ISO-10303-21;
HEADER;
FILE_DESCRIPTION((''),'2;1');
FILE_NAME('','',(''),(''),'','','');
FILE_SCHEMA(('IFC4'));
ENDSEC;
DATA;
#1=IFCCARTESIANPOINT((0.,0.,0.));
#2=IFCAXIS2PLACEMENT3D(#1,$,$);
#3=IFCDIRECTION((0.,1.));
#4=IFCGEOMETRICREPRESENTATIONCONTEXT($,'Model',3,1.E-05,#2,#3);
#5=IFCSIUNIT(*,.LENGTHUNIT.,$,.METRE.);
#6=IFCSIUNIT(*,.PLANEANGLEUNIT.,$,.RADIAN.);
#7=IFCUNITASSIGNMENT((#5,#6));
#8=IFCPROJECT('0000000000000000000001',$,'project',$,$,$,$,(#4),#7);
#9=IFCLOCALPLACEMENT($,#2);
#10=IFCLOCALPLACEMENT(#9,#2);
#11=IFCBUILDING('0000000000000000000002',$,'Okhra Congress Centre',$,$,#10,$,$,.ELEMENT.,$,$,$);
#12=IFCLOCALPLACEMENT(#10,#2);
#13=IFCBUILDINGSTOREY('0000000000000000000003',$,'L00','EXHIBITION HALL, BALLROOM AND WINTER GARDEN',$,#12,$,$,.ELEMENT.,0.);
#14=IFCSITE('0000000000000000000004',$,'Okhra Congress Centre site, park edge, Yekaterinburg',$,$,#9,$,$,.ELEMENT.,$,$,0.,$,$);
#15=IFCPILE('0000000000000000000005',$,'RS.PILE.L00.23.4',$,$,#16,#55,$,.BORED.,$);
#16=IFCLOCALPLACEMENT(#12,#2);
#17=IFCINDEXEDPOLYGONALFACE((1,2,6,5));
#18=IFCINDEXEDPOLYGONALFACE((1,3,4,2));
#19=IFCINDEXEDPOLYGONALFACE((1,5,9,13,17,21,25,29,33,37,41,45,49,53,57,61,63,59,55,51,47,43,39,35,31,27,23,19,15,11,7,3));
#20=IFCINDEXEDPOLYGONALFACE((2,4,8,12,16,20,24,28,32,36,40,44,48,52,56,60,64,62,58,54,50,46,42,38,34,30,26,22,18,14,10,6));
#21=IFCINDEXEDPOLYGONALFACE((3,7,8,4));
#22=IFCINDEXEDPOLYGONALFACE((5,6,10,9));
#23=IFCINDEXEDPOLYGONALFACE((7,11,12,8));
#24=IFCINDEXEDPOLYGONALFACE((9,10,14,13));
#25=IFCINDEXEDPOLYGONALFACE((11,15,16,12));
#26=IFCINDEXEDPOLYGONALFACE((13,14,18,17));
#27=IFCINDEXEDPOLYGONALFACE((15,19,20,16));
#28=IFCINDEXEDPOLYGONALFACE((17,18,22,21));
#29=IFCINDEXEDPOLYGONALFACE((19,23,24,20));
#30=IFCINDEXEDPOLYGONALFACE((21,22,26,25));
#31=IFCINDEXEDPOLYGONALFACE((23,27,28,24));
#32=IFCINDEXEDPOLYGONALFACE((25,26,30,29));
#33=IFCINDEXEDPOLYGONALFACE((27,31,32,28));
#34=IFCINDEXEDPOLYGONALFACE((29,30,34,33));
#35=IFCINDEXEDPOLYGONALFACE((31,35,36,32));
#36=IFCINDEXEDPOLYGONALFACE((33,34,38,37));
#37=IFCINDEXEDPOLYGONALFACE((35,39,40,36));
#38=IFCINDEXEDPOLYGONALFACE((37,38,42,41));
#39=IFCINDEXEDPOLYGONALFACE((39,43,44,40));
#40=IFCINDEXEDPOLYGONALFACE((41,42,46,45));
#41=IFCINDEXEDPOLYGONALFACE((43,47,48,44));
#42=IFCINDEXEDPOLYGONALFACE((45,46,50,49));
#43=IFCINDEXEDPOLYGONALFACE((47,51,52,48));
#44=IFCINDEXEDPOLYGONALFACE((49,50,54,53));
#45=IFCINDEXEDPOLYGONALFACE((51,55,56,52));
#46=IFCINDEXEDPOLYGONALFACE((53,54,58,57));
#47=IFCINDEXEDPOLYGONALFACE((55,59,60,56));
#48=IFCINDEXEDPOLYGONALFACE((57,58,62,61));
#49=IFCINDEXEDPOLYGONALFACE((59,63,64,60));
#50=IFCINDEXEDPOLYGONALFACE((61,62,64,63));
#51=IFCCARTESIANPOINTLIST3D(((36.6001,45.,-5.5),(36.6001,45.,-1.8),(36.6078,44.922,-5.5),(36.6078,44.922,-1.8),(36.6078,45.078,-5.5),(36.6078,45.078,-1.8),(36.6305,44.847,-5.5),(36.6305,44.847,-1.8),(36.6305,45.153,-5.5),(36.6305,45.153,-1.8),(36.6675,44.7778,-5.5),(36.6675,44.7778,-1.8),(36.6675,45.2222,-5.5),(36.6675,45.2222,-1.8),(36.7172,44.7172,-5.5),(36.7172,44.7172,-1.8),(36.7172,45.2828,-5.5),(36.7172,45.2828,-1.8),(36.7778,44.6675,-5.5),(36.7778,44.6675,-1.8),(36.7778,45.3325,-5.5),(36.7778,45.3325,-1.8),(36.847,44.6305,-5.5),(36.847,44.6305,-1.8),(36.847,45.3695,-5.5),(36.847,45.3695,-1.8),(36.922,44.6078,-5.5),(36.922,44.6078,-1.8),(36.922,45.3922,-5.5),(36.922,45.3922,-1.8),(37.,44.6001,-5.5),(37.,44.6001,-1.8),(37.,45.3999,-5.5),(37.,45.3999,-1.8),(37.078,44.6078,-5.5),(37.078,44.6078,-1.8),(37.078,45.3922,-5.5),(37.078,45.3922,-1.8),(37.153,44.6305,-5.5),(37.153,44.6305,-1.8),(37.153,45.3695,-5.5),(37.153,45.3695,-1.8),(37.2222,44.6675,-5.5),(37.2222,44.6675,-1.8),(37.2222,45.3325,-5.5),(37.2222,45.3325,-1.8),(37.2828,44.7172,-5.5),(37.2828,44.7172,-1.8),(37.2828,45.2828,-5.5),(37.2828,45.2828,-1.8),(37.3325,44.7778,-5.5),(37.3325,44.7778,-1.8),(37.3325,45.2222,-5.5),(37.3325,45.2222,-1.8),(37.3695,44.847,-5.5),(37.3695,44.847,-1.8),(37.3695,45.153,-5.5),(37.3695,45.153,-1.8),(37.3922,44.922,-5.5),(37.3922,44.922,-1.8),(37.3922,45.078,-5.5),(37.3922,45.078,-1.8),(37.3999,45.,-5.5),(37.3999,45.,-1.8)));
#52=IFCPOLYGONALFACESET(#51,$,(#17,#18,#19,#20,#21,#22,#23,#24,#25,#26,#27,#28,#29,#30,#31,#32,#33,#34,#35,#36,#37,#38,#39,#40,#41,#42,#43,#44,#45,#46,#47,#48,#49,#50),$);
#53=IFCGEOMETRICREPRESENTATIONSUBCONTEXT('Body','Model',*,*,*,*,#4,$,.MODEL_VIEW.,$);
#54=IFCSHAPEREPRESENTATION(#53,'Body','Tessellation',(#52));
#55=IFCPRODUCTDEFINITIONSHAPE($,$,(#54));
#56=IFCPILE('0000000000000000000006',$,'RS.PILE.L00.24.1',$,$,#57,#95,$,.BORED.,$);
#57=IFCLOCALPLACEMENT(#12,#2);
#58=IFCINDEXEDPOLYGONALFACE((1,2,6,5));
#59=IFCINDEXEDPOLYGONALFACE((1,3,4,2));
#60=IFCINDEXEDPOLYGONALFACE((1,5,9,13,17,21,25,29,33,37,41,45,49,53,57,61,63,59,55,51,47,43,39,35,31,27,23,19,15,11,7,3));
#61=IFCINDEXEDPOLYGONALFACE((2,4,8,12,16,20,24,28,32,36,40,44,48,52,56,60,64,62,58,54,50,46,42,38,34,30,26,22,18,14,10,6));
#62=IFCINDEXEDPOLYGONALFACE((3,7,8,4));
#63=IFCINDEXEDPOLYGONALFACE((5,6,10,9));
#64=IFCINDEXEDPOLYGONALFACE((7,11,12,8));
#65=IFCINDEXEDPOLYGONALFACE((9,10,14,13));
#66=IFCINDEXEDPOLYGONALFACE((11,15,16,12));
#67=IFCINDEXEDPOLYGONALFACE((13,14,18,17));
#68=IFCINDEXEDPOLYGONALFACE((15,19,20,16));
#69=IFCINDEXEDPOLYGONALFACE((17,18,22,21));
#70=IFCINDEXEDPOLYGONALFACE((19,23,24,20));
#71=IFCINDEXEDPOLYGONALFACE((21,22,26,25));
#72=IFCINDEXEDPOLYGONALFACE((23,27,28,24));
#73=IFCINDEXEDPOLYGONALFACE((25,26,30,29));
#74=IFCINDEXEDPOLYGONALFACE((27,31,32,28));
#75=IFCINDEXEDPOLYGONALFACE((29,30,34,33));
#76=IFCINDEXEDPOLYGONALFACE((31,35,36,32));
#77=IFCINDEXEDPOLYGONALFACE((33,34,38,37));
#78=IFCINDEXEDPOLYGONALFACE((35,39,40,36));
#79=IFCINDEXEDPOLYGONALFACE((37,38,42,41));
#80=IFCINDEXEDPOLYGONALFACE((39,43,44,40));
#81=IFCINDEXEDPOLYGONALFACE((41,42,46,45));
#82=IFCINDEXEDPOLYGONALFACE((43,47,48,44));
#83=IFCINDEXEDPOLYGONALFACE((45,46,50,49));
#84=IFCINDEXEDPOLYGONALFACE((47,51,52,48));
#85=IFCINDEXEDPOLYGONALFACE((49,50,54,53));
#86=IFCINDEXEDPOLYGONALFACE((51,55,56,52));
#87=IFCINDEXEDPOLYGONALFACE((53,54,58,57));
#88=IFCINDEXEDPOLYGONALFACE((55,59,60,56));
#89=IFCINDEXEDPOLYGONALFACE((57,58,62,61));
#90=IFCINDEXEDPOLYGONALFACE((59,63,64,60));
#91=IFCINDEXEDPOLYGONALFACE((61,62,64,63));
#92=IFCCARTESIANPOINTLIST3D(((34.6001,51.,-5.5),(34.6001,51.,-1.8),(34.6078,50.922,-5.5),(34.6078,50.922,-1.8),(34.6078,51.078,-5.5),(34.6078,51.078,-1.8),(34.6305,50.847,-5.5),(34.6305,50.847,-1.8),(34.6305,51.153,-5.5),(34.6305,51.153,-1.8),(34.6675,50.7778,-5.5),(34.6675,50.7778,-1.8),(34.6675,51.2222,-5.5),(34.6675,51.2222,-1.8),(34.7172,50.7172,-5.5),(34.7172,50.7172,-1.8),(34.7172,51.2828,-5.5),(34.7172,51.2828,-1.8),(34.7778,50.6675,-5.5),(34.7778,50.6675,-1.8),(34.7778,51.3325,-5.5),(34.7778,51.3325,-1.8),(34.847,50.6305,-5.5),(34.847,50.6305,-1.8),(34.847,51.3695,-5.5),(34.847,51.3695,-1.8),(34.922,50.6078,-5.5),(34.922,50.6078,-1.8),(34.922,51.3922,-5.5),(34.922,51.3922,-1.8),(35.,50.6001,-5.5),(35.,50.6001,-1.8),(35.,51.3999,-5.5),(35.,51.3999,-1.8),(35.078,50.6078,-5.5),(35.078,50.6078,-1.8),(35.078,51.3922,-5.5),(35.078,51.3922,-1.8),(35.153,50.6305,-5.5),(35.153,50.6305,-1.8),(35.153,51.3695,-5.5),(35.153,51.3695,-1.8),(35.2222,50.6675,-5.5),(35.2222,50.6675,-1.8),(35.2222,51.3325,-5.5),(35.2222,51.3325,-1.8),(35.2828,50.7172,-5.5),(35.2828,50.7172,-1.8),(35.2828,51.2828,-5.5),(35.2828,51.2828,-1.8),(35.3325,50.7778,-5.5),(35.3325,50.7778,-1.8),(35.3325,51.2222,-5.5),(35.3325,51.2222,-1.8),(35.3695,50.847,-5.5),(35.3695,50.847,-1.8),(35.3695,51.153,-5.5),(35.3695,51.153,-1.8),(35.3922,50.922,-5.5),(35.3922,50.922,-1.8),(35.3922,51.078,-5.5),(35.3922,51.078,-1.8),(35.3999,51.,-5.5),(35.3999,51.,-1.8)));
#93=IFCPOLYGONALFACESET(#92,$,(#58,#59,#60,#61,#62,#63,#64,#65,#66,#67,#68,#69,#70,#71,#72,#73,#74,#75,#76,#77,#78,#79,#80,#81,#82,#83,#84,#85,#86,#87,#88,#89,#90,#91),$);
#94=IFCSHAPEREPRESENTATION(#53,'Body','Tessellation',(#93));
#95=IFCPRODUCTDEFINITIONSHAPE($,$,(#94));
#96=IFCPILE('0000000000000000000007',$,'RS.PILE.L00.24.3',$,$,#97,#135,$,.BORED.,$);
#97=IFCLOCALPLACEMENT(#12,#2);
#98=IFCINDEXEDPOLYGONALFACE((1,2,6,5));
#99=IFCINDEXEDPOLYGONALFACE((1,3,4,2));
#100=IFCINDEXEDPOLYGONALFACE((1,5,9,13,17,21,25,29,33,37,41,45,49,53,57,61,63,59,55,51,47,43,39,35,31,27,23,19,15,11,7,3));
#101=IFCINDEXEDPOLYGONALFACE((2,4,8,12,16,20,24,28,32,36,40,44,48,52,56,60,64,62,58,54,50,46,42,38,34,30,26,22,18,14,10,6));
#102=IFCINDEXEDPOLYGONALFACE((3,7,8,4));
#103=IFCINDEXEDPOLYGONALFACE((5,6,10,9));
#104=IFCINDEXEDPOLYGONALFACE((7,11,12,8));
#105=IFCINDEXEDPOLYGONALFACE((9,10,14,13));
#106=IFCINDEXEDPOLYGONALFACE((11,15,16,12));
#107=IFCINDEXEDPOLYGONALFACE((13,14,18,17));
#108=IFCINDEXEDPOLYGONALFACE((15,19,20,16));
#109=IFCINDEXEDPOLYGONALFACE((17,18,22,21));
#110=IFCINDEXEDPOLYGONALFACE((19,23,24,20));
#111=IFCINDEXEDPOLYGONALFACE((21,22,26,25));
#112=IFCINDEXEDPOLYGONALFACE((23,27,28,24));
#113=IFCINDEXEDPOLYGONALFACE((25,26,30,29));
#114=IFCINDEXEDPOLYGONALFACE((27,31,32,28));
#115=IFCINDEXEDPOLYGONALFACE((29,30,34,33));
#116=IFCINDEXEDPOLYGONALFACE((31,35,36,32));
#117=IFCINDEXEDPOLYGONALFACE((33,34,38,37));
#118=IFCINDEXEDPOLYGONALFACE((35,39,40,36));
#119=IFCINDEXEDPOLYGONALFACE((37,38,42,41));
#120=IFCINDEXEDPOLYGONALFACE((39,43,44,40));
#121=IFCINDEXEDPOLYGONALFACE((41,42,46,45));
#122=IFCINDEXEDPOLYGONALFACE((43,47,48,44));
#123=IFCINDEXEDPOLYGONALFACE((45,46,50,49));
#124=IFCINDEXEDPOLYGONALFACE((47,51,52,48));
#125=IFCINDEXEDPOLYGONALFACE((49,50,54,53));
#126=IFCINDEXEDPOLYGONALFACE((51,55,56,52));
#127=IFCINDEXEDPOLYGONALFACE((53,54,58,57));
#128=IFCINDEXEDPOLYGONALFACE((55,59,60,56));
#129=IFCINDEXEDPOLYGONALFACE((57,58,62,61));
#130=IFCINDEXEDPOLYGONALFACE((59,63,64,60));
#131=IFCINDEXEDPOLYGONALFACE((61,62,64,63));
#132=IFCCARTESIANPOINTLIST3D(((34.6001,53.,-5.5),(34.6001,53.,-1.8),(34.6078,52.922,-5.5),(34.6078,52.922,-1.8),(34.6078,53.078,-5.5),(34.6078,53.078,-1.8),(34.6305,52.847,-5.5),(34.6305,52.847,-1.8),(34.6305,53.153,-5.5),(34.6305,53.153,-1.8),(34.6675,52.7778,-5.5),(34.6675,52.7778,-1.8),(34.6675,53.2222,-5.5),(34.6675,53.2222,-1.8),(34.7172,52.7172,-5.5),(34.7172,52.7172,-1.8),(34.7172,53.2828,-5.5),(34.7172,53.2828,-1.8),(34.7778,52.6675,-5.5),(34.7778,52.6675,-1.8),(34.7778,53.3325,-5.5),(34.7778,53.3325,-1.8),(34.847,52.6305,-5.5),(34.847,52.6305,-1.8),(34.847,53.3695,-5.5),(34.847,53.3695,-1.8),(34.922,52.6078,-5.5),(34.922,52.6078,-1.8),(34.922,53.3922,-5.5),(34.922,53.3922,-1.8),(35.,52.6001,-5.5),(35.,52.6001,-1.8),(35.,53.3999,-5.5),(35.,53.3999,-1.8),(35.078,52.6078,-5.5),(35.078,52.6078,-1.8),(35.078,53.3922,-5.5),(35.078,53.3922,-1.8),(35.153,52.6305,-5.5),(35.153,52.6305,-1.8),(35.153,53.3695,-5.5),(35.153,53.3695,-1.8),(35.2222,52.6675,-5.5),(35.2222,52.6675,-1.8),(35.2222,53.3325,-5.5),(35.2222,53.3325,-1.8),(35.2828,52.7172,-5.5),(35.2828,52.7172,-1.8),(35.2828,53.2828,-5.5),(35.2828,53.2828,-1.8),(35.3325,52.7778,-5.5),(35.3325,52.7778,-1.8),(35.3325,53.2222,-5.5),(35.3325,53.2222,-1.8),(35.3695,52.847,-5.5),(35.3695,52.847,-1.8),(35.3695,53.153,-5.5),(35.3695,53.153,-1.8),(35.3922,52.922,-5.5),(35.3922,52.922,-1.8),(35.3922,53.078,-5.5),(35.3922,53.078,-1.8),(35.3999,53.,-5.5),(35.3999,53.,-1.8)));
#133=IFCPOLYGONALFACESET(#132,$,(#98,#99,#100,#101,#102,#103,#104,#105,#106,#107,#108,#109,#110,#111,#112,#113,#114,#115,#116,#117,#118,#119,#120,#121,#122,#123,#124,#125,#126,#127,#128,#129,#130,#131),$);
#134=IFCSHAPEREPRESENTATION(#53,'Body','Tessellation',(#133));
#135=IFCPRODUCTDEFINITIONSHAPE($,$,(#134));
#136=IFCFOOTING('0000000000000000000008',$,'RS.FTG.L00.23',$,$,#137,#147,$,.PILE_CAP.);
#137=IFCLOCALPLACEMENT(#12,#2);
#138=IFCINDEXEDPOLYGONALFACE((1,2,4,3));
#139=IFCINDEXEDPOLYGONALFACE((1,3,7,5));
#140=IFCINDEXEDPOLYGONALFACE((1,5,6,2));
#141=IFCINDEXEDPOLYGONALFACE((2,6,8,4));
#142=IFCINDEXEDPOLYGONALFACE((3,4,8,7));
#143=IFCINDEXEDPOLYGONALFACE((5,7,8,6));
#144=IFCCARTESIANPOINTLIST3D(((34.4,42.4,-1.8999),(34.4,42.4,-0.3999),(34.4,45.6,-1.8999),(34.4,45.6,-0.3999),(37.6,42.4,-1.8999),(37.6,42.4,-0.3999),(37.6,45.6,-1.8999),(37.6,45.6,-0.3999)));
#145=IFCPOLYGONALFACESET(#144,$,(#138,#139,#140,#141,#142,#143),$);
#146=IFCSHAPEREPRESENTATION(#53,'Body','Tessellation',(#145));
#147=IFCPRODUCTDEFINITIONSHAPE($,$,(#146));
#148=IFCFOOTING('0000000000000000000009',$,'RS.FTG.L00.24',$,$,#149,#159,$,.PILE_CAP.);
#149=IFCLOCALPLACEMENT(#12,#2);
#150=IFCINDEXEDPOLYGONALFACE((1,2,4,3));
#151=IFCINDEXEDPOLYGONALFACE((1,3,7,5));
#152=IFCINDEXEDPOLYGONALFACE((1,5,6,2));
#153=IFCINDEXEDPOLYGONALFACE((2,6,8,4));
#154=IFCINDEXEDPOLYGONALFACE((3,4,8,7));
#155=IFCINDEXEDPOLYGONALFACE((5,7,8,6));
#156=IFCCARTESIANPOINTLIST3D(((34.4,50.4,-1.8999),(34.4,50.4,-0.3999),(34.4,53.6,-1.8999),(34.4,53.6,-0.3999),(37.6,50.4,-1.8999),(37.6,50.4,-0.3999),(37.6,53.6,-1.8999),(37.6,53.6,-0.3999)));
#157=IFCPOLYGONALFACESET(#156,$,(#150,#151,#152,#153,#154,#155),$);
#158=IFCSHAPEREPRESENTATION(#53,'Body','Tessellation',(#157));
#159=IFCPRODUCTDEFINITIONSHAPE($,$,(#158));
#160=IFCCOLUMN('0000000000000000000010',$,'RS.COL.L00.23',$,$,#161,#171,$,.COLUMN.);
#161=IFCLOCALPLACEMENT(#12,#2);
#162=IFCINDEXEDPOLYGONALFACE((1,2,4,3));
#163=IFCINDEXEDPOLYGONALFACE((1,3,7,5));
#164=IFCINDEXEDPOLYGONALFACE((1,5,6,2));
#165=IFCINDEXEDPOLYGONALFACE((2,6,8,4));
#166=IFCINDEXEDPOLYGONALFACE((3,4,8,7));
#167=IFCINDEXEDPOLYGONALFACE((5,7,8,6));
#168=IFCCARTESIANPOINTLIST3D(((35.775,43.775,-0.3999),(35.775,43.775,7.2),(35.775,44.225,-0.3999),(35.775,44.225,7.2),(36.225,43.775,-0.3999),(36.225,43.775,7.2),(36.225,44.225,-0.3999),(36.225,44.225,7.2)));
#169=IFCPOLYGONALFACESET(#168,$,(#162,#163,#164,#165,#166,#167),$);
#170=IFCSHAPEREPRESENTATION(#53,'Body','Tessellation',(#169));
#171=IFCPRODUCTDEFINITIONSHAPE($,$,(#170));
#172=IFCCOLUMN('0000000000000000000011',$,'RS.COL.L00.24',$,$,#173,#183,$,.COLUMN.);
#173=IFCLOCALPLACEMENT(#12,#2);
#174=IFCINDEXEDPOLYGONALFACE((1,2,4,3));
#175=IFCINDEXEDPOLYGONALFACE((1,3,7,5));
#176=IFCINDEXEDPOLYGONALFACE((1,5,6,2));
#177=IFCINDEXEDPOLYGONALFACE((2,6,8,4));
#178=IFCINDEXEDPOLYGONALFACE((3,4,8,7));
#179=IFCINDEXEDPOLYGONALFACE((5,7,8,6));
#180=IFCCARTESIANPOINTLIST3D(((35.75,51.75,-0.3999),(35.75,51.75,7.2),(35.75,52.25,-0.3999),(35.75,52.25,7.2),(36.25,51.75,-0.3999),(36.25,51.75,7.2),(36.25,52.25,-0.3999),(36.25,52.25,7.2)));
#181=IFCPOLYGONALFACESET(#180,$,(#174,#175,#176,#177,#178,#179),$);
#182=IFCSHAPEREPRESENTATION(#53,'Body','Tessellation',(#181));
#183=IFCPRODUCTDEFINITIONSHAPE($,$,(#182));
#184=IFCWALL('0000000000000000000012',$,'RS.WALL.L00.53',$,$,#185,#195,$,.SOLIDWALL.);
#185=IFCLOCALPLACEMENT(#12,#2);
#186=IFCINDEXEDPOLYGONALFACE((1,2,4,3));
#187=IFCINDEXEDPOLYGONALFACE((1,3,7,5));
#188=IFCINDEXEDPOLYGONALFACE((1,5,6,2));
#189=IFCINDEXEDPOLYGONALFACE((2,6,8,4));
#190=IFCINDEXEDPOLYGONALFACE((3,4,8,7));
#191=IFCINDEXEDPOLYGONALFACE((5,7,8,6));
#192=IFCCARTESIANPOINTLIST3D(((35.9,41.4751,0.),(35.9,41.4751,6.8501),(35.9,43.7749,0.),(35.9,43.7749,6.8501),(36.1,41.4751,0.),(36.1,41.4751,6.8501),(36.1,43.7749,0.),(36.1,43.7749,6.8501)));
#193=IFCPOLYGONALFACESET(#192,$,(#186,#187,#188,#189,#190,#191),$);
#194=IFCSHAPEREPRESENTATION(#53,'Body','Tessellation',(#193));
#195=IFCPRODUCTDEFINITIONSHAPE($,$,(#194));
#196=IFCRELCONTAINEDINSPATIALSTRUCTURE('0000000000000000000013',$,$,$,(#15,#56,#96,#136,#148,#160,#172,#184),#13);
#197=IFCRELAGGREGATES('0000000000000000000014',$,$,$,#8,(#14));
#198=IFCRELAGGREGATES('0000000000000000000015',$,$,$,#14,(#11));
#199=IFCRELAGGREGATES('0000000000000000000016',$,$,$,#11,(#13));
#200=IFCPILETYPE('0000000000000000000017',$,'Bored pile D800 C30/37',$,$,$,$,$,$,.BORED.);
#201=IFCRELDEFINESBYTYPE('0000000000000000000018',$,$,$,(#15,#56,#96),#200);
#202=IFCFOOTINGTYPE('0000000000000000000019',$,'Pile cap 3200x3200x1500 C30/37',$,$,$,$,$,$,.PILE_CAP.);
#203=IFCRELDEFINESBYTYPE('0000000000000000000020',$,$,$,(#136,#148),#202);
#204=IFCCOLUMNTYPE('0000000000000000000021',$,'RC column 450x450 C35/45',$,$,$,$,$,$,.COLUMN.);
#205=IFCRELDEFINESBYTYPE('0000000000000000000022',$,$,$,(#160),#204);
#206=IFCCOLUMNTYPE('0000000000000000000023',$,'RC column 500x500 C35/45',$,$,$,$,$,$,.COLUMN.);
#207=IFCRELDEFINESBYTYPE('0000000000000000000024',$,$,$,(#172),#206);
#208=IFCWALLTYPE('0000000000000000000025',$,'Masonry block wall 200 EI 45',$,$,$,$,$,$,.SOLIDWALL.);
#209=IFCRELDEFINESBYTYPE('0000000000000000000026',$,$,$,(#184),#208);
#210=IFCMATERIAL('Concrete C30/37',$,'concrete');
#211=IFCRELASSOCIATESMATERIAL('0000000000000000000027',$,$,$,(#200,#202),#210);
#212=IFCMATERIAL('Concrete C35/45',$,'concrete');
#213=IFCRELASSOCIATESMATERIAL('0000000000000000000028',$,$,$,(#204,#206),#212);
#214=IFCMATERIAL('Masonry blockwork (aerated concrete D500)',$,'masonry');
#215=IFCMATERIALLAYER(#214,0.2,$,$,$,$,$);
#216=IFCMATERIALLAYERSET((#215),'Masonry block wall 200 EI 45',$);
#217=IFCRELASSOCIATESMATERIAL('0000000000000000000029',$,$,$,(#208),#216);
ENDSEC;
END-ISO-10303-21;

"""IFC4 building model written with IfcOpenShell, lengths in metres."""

from ifc_helpers import new_model, si_unit, direction, frame, frame_2d, origin, origin_2d, place, context, subcontext, project, spatial, rectangle, circle, extrude, material, layer, layer_set, material_profile, profile_set, type_object, element, save


model = new_model("IFC4")

# Units and contexts
model_context = context("Model", 3, precision=1e-05, world=origin(), true_north=direction((0.0, 1.0)))
body_context = subcontext(model_context, "Body", "Model", "MODEL_VIEW")
ifc_project = project(units=[si_unit("LENGTHUNIT", "METRE"), si_unit("PLANEANGLEUNIT", "RADIAN")], contexts=[model_context])

# Site, building, storey
site_placement = place(None, origin())
site = spatial("IfcSite", under=ifc_project, at=site_placement, Name="Okhra Congress Centre site, park edge, Yekaterinburg", CompositionType="ELEMENT", RefElevation=0.0)
building_placement = place(site_placement, origin())
building = spatial("IfcBuilding", under=site, at=building_placement, Name="Okhra Congress Centre", CompositionType="ELEMENT")
storey_placement = place(building_placement, origin())
storey = spatial("IfcBuildingStorey", under=building, at=storey_placement, Name="L00", Description="EXHIBITION HALL, BALLROOM AND WINTER GARDEN", CompositionType="ELEMENT", Elevation=0.0)

# Piles
ifc_material_1 = material(Name="Concrete C30/37", Category="concrete")
ifc_material_profile_1 = material_profile(ifc_material_1, circle(Radius=0.3999, at=origin_2d()), Name="D800")
ifc_profile_set_1 = profile_set([ifc_material_profile_1], Name="Concrete C30/37")
pile_type = type_object("IfcPileType", Name="Bored pile D800 C30/37", PredefinedType="BORED", material=ifc_profile_set_1)
for number, where, z_axis, x_axis, name in (
    (1, (37.0, 45.0, -1.8), (0.0, 0.0, -1.0), (1.0, 0.0, 0.0), "RS.PILE.L00.23.4"),
    (2, (35.0, 51.0, -1.8), (0.0, 0.0, -1.0), (1.0, 0.0, 0.0), "RS.PILE.L00.24.1"),
    (3, (35.0, 53.0, -1.8), (0.0, 0.0, -1.0), (1.0, 0.0, 0.0), "RS.PILE.L00.24.3"),
):
    element("IfcPile", number, at=place(storey_placement, frame(where, z_axis=z_axis, x_axis=x_axis)), inside=storey, type_object=pile_type, Name=name, PredefinedType="BORED", context=body_context, shape_type="SweptSolid", body=[
        extrude(circle(Radius=0.3999, at=origin_2d()), origin(), (0.0, 0.0, 1.0), 3.7),
    ])

# Footings
footing_type = type_object("IfcFootingType", Name="Pile cap 3200x3200x1500 C30/37", PredefinedType="PILE_CAP", material=ifc_material_1)
for number, where, z_axis, x_axis, name in (
    (4, (36.0, 44.0, -1.8999), (0.0, 0.0, 1.0), (1.0, 0.0, 0.0), "RS.FTG.L00.23"),
    (5, (36.0, 52.0, -1.8999), (0.0, 0.0, 1.0), (1.0, 0.0, 0.0), "RS.FTG.L00.24"),
):
    element("IfcFooting", number, at=place(storey_placement, frame(where, z_axis=z_axis, x_axis=x_axis)), inside=storey, type_object=footing_type, Name=name, PredefinedType="PILE_CAP", context=body_context, shape_type="SweptSolid", body=[
        extrude(rectangle(XDim=3.2, YDim=3.2, at=origin_2d()), origin(), (0.0, 0.0, 1.0), 1.5),
    ])

# Columns
ifc_material_2 = material(Name="Concrete C35/45", Category="concrete")
ifc_material_profile_2 = material_profile(ifc_material_2, rectangle(XDim=0.45, YDim=0.45, at=origin_2d()), Name="RC 450x450")
ifc_profile_set_2 = profile_set([ifc_material_profile_2], Name="Concrete C35/45")
column_type_1 = type_object("IfcColumnType", Name="RC column 450x450 C35/45", PredefinedType="COLUMN", material=ifc_profile_set_2)
column_1_placement = place(storey_placement, frame((36.0, 44.0, -0.3999), z_axis=(0.0, 0.0, 1.0), x_axis=(1.0, 0.0, 0.0)))
element("IfcColumn", 6, at=column_1_placement, inside=storey, type_object=column_type_1, Name="RS.COL.L00.23", PredefinedType="COLUMN", context=body_context, shape_type="SweptSolid", body=[
    extrude(rectangle(XDim=0.45, YDim=0.45, at=origin_2d()), origin(), (0.0, 0.0, 1.0), 7.5999),
])
ifc_material_profile_3 = material_profile(ifc_material_2, rectangle(XDim=0.5, YDim=0.5, at=origin_2d()), Name="RC 500x500")
ifc_profile_set_3 = profile_set([ifc_material_profile_3], Name="Concrete C35/45")
column_type_2 = type_object("IfcColumnType", Name="RC column 500x500 C35/45", PredefinedType="COLUMN", material=ifc_profile_set_3)
column_2_placement = place(storey_placement, frame((36.0, 52.0, -0.3999), z_axis=(0.0, 0.0, 1.0), x_axis=(1.0, 0.0, 0.0)))
element("IfcColumn", 7, at=column_2_placement, inside=storey, type_object=column_type_2, Name="RS.COL.L00.24", PredefinedType="COLUMN", context=body_context, shape_type="SweptSolid", body=[
    extrude(rectangle(XDim=0.5, YDim=0.5, at=origin_2d()), origin(), (0.0, 0.0, 1.0), 7.5999),
])

# Wall
ifc_material_3 = material(Name="Masonry blockwork (aerated concrete D500)", Category="masonry")
ifc_layer = layer(ifc_material_3, 0.2)
ifc_layer_set = layer_set([ifc_layer], Name="Masonry block wall 200 EI 45")
wall_type = type_object("IfcWallType", Name="Masonry block wall 200 EI 45", PredefinedType="SOLIDWALL", material=ifc_layer_set)
wall_placement = place(storey_placement, frame((36.0, 41.4751, 0.0), z_axis=(0.0, 0.0, 1.0), x_axis=(0.0, 1.0, 0.0)))
element("IfcWall", 8, at=wall_placement, inside=storey, type_object=wall_type, Name="RS.WALL.L00.53", PredefinedType="SOLIDWALL", context=body_context, shape_type="SweptSolid", body=[
    extrude(rectangle(XDim=2.2998, YDim=0.2, at=frame_2d((1.1499, 0.0))), origin(), (0.0, 0.0, 1.0), 6.8501),
])

save(model, "model.ifc")
